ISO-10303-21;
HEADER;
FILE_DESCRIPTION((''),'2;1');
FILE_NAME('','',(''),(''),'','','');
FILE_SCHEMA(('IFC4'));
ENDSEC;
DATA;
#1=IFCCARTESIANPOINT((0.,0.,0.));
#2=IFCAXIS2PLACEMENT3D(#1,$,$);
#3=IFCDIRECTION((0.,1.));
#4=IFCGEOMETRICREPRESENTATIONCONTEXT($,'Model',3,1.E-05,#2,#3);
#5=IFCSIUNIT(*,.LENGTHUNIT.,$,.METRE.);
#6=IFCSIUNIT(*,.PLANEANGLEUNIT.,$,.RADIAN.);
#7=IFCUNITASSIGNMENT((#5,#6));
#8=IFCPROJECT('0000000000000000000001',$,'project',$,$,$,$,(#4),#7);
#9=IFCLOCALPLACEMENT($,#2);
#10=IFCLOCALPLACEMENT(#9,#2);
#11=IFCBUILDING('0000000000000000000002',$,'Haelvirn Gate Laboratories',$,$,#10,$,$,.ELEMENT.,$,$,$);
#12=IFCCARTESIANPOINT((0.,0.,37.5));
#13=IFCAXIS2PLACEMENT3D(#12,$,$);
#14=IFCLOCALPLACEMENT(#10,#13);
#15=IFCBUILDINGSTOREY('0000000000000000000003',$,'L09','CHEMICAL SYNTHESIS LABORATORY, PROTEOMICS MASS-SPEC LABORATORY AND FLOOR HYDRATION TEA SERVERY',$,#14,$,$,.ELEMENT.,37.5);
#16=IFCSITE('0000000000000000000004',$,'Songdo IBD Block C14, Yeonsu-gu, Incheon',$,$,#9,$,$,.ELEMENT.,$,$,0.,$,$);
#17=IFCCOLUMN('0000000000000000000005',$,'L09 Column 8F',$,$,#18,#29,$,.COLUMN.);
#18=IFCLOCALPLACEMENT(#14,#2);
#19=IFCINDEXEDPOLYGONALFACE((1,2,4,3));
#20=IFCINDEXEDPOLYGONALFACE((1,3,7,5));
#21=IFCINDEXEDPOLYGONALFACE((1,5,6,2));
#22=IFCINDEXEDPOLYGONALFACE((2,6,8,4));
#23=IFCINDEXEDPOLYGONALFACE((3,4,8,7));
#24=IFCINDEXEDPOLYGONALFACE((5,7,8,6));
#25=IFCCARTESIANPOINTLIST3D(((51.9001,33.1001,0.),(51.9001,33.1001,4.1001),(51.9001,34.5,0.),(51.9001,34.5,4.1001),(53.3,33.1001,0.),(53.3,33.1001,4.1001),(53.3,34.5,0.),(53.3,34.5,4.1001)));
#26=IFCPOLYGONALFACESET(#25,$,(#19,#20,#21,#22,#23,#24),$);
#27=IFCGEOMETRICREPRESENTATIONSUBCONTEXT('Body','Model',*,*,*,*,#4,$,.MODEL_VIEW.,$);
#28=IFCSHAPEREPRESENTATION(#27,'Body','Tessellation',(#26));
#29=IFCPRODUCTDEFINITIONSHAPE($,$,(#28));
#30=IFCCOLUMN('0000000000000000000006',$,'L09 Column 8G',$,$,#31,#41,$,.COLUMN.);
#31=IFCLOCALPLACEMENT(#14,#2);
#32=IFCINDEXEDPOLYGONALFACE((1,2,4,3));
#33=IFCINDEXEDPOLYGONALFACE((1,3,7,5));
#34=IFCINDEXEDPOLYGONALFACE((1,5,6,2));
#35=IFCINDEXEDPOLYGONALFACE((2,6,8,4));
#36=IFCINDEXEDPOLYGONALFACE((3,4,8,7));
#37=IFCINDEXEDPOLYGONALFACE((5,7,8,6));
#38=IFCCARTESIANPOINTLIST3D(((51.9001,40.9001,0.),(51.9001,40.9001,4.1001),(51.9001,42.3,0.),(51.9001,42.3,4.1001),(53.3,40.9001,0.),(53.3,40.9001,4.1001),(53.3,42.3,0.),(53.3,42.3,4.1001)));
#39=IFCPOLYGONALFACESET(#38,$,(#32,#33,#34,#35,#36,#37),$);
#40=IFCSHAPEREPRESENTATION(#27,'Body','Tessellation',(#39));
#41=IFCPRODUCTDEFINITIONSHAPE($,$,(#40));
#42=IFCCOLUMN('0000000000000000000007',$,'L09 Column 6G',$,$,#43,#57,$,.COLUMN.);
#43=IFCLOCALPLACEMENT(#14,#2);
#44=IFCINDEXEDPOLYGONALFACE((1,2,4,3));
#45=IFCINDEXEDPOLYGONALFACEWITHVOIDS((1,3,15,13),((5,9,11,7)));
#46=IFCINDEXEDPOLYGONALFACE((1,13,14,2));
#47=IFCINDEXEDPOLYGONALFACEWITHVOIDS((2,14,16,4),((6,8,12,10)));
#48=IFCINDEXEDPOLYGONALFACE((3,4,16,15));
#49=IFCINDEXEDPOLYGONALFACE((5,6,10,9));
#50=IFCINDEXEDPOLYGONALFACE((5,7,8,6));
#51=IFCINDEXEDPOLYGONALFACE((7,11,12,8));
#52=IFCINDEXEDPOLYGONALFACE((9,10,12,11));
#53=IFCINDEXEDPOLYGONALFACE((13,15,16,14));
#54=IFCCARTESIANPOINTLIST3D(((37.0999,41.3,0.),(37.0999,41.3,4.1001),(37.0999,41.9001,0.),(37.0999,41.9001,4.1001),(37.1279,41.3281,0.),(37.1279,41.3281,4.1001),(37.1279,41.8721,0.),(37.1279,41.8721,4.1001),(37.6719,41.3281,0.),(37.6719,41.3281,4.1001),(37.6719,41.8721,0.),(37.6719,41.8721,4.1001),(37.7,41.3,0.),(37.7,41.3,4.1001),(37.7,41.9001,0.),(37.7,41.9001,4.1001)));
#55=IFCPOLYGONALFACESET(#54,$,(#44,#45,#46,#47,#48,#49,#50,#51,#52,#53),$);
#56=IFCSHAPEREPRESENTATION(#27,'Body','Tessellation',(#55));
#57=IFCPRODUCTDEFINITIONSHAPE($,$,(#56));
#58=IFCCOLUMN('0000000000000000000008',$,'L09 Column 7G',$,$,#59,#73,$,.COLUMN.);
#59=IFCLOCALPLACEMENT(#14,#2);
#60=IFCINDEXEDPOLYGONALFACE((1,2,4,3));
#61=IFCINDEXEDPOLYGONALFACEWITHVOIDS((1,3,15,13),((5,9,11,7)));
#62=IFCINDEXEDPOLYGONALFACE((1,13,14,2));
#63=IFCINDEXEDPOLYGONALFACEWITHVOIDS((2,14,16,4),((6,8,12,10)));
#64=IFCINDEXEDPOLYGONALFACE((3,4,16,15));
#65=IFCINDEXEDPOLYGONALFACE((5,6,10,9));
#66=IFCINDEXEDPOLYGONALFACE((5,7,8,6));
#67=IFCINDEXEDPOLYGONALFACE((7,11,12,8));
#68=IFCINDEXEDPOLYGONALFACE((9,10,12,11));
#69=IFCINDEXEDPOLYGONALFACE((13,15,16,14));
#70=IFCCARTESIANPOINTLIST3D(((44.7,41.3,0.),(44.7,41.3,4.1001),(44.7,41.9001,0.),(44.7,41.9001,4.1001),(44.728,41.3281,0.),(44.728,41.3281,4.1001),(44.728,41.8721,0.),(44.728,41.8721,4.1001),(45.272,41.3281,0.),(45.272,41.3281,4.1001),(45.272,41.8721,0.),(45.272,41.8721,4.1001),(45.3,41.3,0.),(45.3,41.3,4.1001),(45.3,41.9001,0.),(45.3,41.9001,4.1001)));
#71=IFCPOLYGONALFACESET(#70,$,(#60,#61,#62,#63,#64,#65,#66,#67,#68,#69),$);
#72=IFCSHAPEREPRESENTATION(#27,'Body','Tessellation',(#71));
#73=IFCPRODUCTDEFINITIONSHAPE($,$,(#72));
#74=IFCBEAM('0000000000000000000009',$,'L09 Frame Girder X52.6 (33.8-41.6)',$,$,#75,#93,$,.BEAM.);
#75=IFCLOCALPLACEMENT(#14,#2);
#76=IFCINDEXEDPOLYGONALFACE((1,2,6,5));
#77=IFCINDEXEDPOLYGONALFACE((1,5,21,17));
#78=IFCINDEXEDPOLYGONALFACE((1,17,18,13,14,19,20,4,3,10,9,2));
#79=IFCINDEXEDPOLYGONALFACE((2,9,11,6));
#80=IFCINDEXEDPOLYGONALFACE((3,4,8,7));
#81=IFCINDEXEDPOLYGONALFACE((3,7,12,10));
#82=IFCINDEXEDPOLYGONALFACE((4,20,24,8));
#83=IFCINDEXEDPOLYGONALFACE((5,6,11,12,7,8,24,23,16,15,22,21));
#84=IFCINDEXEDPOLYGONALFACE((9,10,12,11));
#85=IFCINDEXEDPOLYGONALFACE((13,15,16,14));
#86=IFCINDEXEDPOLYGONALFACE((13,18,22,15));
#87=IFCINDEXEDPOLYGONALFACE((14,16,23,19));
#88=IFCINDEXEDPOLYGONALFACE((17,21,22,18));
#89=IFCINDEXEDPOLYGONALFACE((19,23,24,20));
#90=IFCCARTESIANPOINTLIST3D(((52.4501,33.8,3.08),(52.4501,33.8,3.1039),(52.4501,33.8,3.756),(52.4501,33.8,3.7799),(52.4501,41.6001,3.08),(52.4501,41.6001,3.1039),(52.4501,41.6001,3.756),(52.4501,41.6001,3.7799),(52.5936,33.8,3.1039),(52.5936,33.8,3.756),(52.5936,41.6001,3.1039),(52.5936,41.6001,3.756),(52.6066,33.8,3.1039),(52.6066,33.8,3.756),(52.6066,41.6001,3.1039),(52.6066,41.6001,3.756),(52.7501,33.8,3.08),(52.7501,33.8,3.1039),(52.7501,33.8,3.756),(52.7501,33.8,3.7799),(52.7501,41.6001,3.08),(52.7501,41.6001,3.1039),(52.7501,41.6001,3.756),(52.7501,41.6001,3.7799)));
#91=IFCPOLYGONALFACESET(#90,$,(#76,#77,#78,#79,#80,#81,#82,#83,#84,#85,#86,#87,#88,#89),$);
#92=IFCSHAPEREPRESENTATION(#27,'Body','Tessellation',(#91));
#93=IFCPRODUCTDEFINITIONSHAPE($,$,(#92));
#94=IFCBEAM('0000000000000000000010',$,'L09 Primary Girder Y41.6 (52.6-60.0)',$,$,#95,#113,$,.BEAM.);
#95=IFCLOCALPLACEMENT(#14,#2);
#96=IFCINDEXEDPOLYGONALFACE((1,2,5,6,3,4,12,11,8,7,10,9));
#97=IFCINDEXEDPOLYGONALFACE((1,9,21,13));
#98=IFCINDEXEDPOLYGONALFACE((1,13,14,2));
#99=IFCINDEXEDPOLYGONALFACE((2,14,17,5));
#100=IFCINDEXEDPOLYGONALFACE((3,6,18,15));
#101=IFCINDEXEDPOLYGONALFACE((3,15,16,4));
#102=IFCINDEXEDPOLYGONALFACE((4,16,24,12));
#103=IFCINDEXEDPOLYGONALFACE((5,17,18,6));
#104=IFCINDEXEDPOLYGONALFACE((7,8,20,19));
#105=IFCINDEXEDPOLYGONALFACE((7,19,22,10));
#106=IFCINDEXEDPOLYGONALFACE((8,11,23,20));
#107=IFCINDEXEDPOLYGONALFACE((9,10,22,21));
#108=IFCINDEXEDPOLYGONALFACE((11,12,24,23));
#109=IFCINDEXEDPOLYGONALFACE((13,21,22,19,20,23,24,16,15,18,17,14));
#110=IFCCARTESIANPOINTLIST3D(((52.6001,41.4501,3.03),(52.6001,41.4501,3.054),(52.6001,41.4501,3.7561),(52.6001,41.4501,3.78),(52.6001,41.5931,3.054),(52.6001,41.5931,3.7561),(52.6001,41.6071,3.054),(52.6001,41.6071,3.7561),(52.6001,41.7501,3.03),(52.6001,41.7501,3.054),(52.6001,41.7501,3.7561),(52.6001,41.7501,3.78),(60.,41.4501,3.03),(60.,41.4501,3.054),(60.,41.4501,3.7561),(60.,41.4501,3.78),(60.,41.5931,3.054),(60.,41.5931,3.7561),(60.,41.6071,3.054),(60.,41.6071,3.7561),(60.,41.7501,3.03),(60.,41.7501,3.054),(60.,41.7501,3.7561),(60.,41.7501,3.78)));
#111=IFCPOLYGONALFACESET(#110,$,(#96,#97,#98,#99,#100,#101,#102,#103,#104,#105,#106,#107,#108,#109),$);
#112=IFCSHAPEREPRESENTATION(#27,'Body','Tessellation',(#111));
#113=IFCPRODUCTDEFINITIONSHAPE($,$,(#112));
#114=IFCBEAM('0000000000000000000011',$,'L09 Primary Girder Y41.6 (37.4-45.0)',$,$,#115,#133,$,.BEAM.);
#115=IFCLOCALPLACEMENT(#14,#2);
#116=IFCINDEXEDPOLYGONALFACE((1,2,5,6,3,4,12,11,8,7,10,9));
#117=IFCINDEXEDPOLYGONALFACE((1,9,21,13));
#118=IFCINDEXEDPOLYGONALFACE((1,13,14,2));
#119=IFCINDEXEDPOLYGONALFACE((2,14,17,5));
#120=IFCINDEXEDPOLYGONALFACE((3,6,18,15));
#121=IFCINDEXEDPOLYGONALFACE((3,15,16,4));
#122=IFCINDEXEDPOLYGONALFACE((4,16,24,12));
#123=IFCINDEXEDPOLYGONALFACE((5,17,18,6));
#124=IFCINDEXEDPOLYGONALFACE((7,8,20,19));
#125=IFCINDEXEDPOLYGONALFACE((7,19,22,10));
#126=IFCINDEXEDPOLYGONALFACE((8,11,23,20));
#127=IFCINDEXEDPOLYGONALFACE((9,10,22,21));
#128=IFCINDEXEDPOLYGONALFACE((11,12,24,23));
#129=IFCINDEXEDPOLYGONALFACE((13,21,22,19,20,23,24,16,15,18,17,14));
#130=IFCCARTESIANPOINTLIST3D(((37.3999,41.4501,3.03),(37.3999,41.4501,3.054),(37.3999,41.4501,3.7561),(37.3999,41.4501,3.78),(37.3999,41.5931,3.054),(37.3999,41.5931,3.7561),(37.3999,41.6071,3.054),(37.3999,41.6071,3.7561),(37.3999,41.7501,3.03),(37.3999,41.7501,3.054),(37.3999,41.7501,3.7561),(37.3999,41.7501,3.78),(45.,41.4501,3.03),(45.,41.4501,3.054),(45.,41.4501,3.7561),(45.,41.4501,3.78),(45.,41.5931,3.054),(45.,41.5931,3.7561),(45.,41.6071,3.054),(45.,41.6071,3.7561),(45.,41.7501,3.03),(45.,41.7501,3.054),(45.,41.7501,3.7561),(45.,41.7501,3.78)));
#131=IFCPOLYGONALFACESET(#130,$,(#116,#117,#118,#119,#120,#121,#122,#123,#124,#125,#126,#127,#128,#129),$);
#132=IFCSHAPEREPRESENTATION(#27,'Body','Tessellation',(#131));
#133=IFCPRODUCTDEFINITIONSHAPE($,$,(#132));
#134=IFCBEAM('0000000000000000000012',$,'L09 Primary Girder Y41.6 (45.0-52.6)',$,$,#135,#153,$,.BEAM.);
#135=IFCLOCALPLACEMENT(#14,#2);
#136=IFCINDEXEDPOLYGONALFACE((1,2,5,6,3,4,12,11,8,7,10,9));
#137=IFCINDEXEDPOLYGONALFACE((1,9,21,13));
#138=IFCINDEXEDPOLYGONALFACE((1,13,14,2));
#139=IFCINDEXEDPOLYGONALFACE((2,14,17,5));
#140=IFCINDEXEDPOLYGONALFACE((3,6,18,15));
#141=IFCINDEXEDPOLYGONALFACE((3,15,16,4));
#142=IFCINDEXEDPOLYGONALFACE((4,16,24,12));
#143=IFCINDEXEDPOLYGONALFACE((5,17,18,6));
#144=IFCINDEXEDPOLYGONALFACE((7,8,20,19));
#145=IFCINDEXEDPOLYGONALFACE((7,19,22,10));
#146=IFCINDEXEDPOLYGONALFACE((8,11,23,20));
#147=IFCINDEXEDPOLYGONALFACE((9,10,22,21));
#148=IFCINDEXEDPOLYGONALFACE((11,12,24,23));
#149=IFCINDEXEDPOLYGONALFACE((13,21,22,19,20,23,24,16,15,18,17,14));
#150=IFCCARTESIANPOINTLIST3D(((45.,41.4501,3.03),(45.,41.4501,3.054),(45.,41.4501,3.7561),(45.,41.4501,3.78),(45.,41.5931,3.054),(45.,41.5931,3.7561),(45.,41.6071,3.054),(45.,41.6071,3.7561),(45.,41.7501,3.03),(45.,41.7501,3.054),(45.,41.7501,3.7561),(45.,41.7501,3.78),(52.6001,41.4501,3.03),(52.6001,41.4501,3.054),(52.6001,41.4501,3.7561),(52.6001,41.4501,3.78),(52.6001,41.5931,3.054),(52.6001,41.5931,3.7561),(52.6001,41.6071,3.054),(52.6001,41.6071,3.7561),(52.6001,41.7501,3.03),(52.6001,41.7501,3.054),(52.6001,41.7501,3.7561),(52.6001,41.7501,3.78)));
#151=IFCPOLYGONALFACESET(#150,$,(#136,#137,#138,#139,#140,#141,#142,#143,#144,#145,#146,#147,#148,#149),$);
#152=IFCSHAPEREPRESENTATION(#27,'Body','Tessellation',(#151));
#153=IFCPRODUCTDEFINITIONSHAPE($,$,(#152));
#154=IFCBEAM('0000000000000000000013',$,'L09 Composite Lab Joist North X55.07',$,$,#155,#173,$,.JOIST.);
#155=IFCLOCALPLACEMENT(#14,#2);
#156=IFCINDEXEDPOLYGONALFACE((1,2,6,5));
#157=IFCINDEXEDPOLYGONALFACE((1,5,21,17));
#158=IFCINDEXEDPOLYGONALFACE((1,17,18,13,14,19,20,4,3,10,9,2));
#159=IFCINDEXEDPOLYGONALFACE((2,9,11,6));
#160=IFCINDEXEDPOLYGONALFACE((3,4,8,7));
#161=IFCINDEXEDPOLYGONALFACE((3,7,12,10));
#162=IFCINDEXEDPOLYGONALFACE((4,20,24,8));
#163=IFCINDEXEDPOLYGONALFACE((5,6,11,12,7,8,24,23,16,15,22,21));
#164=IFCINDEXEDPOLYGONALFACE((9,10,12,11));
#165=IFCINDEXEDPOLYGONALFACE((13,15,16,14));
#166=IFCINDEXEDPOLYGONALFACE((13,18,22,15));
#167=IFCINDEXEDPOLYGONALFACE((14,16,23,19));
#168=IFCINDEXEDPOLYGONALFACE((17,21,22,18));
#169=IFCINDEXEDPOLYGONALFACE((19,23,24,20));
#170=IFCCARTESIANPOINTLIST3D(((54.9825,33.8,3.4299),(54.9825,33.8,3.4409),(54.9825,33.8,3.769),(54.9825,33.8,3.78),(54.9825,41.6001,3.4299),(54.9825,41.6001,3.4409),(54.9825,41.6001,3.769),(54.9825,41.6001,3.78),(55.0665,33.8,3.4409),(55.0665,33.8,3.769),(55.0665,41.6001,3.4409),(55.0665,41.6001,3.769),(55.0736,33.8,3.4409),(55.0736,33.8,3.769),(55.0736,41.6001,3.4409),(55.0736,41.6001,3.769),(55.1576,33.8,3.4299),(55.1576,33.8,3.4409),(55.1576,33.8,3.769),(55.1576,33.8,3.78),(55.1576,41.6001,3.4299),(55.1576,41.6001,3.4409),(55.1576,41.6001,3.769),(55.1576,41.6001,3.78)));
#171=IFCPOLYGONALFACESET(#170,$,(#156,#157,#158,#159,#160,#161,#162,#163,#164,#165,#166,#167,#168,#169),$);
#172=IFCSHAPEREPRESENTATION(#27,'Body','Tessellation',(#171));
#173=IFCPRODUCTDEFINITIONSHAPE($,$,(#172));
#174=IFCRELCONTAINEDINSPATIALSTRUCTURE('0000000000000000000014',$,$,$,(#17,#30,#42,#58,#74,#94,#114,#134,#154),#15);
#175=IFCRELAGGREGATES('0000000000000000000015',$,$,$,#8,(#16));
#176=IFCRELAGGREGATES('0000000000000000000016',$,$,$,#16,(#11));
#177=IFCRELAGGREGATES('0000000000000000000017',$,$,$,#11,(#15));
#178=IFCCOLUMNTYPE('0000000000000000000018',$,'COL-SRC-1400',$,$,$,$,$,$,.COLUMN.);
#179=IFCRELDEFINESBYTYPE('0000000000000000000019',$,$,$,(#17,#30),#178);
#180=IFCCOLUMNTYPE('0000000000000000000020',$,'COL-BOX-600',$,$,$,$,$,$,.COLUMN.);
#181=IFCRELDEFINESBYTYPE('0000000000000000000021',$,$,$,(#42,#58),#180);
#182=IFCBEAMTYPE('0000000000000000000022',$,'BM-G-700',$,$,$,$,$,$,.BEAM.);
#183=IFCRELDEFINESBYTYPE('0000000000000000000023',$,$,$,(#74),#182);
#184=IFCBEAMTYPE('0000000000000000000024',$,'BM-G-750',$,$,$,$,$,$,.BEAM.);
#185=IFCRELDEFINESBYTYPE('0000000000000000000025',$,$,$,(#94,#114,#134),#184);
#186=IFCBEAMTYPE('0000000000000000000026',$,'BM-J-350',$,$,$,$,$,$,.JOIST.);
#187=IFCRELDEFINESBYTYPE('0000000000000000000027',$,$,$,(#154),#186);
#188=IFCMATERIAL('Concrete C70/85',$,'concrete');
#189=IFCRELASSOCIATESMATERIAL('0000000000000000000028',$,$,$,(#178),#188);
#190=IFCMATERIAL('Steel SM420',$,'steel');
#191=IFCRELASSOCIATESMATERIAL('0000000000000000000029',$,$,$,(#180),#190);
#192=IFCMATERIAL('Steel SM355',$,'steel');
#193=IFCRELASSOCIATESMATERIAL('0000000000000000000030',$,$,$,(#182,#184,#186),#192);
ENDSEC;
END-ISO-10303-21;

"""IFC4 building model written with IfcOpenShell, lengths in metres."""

from ifc_helpers import new_model, si_unit, direction, frame, origin, origin_2d, place, context, subcontext, project, spatial, rectangle, hollow_rectangle, i_section, extrude, source, transform, mapped, material, material_profile, profile_set, type_object, type_shapes, element, save


model = new_model("IFC4")

# Units and contexts
model_context = context("Model", 3, precision=1e-05, world=origin(), true_north=direction((0.0, 1.0)))
body_context = subcontext(model_context, "Body", "Model", "MODEL_VIEW")
ifc_project = project(units=[si_unit("LENGTHUNIT", "METRE"), si_unit("PLANEANGLEUNIT", "RADIAN")], contexts=[model_context])

# Site, building, storey
site_placement = place(None, origin())
site = spatial("IfcSite", under=ifc_project, at=site_placement, Name="Songdo IBD Block C14, Yeonsu-gu, Incheon", CompositionType="ELEMENT", RefElevation=0.0)
building_placement = place(site_placement, origin())
building = spatial("IfcBuilding", under=site, at=building_placement, Name="Haelvirn Gate Laboratories", CompositionType="ELEMENT")
storey_placement = place(building_placement, frame((0.0, 0.0, 37.5)))
storey = spatial("IfcBuildingStorey", under=building, at=storey_placement, Name="L09", Description="CHEMICAL SYNTHESIS LABORATORY, PROTEOMICS MASS-SPEC LABORATORY AND FLOOR HYDRATION TEA SERVERY", CompositionType="ELEMENT", Elevation=37.5)

# Columns
ifc_material_1 = material(Name="Concrete C70/85", Category="concrete")
ifc_material_profile_1 = material_profile(ifc_material_1, rectangle(XDim=1.3999, YDim=1.3999, at=origin_2d()), Name="SRC-1400x1400")
ifc_profile_set_1 = profile_set([ifc_material_profile_1], Name="Concrete C70/85")
column_type_1 = type_object("IfcColumnType", Name="COL-SRC-1400", PredefinedType="COLUMN", material=ifc_profile_set_1)
shared_shape_1 = source(origin(), body_context, "Body", "SweptSolid", [
    extrude(rectangle(XDim=1.3999, YDim=1.3999, at=origin_2d()), origin(), (0.0, 0.0, 1.0), 4.1001),
])
type_shapes(column_type_1, [shared_shape_1])
for number, where, z_axis, x_axis, name in (
    (1, (52.6001, 33.8, 0.0), (0.0, 0.0, 1.0), (1.0, 0.0, 0.0), "L09 Column 8F"),
    (2, (52.6001, 41.6001, 0.0), (0.0, 0.0, 1.0), (1.0, 0.0, 0.0), "L09 Column 8G"),
):
    element("IfcColumn", number, at=place(storey_placement, frame(where, z_axis=z_axis, x_axis=x_axis)), inside=storey, type_object=column_type_1, Name=name, PredefinedType="COLUMN", context=body_context, shape_type="MappedRepresentation", body=[
        mapped(shared_shape_1, transform((0.0, 0.0, 0.0), scale=1.0)),
    ])
ifc_material_2 = material(Name="Steel SM420", Category="steel")
ifc_material_profile_2 = material_profile(ifc_material_2, hollow_rectangle(XDim=0.6001, YDim=0.6001, WallThickness=0.0281, at=origin_2d()), Name="BOX-600x600x28")
ifc_profile_set_2 = profile_set([ifc_material_profile_2], Name="Steel SM420")
column_type_2 = type_object("IfcColumnType", Name="COL-BOX-600", PredefinedType="COLUMN", material=ifc_profile_set_2)
shared_shape_2 = source(origin(), body_context, "Body", "SweptSolid", [
    extrude(hollow_rectangle(XDim=0.6001, YDim=0.6001, WallThickness=0.0281, at=origin_2d()), origin(), (0.0, 0.0, 1.0), 4.1001),
])
type_shapes(column_type_2, [shared_shape_2])
for number, where, z_axis, x_axis, name in (
    (3, (37.3999, 41.6001, 0.0), (0.0, 0.0, 1.0), (1.0, 0.0, 0.0), "L09 Column 6G"),
    (4, (45.0, 41.6001, 0.0), (0.0, 0.0, 1.0), (1.0, 0.0, 0.0), "L09 Column 7G"),
):
    element("IfcColumn", number, at=place(storey_placement, frame(where, z_axis=z_axis, x_axis=x_axis)), inside=storey, type_object=column_type_2, Name=name, PredefinedType="COLUMN", context=body_context, shape_type="MappedRepresentation", body=[
        mapped(shared_shape_2, transform((0.0, 0.0, 0.0), scale=1.0)),
    ])

# Beams
ifc_material_3 = material(Name="Steel SM355", Category="steel")
ifc_material_profile_3 = material_profile(ifc_material_3, i_section(OverallWidth=0.3, OverallDepth=0.7, WebThickness=0.0129, FlangeThickness=0.0239, at=origin_2d()), Name="H-700x300x13x24")
ifc_profile_set_3 = profile_set([ifc_material_profile_3], Name="Steel SM355")
beam_type_1 = type_object("IfcBeamType", Name="BM-G-700", PredefinedType="BEAM", material=ifc_profile_set_3)
shared_shape_3 = source(origin(), body_context, "Body", "SweptSolid", [
    extrude(i_section(OverallWidth=0.3, OverallDepth=0.7, WebThickness=0.0129, FlangeThickness=0.0239, at=origin_2d()), origin(), (0.0, 0.0, 1.0), 7.8),
])
type_shapes(beam_type_1, [shared_shape_3])
beam_1_placement = place(storey_placement, frame((52.6001, 33.8, 3.4299), z_axis=(0.0, 1.0, 0.0), x_axis=(-1.0, 0.0, 0.0)))
element("IfcBeam", 5, at=beam_1_placement, inside=storey, type_object=beam_type_1, Name="L09 Frame Girder X52.6 (33.8-41.6)", PredefinedType="BEAM", context=body_context, shape_type="MappedRepresentation", body=[
    mapped(shared_shape_3, transform((0.0, 0.0, 0.0), scale=1.0)),
])
ifc_material_profile_4 = material_profile(ifc_material_3, i_section(OverallWidth=0.3, OverallDepth=0.75, WebThickness=0.0139, FlangeThickness=0.0239, at=origin_2d()), Name="H-750x300x14x24")
ifc_profile_set_4 = profile_set([ifc_material_profile_4], Name="Steel SM355")
beam_type_2 = type_object("IfcBeamType", Name="BM-G-750", PredefinedType="BEAM", material=ifc_profile_set_4)
shared_shape_4 = source(origin(), body_context, "Body", "SweptSolid", [
    extrude(i_section(OverallWidth=0.3, OverallDepth=0.75, WebThickness=0.0139, FlangeThickness=0.0239, at=origin_2d()), origin(), (0.0, 0.0, 1.0), 7.3999),
])
beam_2_placement = place(storey_placement, frame((52.6001, 41.6001, 3.405), z_axis=(1.0, 0.0, 0.0), x_axis=(0.0, 1.0, 0.0)))
element("IfcBeam", 6, at=beam_2_placement, inside=storey, type_object=beam_type_2, Name="L09 Primary Girder Y41.6 (52.6-60.0)", PredefinedType="BEAM", context=body_context, shape_type="MappedRepresentation", body=[
    mapped(shared_shape_4, transform((0.0, 0.0, 0.0), scale=1.0)),
])
shared_shape_5 = source(origin(), body_context, "Body", "SweptSolid", [
    extrude(i_section(OverallWidth=0.3, OverallDepth=0.75, WebThickness=0.0139, FlangeThickness=0.0239, at=origin_2d()), origin(), (0.0, 0.0, 1.0), 7.6001),
])
type_shapes(beam_type_2, [shared_shape_4, shared_shape_5])
for number, where, z_axis, x_axis, name in (
    (7, (37.3999, 41.6001, 3.405), (1.0, 0.0, 0.0), (0.0, 1.0, 0.0), "L09 Primary Girder Y41.6 (37.4-45.0)"),
    (8, (45.0, 41.6001, 3.405), (1.0, 0.0, 0.0), (0.0, 1.0, 0.0), "L09 Primary Girder Y41.6 (45.0-52.6)"),
):
    element("IfcBeam", number, at=place(storey_placement, frame(where, z_axis=z_axis, x_axis=x_axis)), inside=storey, type_object=beam_type_2, Name=name, PredefinedType="BEAM", context=body_context, shape_type="MappedRepresentation", body=[
        mapped(shared_shape_5, transform((0.0, 0.0, 0.0), scale=1.0)),
    ])
ifc_material_profile_5 = material_profile(ifc_material_3, i_section(OverallWidth=0.175, OverallDepth=0.3501, WebThickness=0.0071, FlangeThickness=0.011, at=origin_2d()), Name="H-350x175x7x11")
ifc_profile_set_5 = profile_set([ifc_material_profile_5], Name="Steel SM355")
beam_type_3 = type_object("IfcBeamType", Name="BM-J-350", PredefinedType="JOIST", material=ifc_profile_set_5)
shared_shape_6 = source(origin(), body_context, "Body", "SweptSolid", [
    extrude(i_section(OverallWidth=0.175, OverallDepth=0.3501, WebThickness=0.0071, FlangeThickness=0.011, at=origin_2d()), origin(), (0.0, 0.0, 1.0), 7.8),
])
type_shapes(beam_type_3, [shared_shape_6])
beam_3_placement = place(storey_placement, frame((55.0701, 33.8, 3.605), z_axis=(0.0, 1.0, 0.0), x_axis=(-1.0, 0.0, 0.0)))
element("IfcBeam", 9, at=beam_3_placement, inside=storey, type_object=beam_type_3, Name="L09 Composite Lab Joist North X55.07", PredefinedType="JOIST", context=body_context, shape_type="MappedRepresentation", body=[
    mapped(shared_shape_6, transform((0.0, 0.0, 0.0), scale=1.0)),
])

save(model, "model.ifc")
